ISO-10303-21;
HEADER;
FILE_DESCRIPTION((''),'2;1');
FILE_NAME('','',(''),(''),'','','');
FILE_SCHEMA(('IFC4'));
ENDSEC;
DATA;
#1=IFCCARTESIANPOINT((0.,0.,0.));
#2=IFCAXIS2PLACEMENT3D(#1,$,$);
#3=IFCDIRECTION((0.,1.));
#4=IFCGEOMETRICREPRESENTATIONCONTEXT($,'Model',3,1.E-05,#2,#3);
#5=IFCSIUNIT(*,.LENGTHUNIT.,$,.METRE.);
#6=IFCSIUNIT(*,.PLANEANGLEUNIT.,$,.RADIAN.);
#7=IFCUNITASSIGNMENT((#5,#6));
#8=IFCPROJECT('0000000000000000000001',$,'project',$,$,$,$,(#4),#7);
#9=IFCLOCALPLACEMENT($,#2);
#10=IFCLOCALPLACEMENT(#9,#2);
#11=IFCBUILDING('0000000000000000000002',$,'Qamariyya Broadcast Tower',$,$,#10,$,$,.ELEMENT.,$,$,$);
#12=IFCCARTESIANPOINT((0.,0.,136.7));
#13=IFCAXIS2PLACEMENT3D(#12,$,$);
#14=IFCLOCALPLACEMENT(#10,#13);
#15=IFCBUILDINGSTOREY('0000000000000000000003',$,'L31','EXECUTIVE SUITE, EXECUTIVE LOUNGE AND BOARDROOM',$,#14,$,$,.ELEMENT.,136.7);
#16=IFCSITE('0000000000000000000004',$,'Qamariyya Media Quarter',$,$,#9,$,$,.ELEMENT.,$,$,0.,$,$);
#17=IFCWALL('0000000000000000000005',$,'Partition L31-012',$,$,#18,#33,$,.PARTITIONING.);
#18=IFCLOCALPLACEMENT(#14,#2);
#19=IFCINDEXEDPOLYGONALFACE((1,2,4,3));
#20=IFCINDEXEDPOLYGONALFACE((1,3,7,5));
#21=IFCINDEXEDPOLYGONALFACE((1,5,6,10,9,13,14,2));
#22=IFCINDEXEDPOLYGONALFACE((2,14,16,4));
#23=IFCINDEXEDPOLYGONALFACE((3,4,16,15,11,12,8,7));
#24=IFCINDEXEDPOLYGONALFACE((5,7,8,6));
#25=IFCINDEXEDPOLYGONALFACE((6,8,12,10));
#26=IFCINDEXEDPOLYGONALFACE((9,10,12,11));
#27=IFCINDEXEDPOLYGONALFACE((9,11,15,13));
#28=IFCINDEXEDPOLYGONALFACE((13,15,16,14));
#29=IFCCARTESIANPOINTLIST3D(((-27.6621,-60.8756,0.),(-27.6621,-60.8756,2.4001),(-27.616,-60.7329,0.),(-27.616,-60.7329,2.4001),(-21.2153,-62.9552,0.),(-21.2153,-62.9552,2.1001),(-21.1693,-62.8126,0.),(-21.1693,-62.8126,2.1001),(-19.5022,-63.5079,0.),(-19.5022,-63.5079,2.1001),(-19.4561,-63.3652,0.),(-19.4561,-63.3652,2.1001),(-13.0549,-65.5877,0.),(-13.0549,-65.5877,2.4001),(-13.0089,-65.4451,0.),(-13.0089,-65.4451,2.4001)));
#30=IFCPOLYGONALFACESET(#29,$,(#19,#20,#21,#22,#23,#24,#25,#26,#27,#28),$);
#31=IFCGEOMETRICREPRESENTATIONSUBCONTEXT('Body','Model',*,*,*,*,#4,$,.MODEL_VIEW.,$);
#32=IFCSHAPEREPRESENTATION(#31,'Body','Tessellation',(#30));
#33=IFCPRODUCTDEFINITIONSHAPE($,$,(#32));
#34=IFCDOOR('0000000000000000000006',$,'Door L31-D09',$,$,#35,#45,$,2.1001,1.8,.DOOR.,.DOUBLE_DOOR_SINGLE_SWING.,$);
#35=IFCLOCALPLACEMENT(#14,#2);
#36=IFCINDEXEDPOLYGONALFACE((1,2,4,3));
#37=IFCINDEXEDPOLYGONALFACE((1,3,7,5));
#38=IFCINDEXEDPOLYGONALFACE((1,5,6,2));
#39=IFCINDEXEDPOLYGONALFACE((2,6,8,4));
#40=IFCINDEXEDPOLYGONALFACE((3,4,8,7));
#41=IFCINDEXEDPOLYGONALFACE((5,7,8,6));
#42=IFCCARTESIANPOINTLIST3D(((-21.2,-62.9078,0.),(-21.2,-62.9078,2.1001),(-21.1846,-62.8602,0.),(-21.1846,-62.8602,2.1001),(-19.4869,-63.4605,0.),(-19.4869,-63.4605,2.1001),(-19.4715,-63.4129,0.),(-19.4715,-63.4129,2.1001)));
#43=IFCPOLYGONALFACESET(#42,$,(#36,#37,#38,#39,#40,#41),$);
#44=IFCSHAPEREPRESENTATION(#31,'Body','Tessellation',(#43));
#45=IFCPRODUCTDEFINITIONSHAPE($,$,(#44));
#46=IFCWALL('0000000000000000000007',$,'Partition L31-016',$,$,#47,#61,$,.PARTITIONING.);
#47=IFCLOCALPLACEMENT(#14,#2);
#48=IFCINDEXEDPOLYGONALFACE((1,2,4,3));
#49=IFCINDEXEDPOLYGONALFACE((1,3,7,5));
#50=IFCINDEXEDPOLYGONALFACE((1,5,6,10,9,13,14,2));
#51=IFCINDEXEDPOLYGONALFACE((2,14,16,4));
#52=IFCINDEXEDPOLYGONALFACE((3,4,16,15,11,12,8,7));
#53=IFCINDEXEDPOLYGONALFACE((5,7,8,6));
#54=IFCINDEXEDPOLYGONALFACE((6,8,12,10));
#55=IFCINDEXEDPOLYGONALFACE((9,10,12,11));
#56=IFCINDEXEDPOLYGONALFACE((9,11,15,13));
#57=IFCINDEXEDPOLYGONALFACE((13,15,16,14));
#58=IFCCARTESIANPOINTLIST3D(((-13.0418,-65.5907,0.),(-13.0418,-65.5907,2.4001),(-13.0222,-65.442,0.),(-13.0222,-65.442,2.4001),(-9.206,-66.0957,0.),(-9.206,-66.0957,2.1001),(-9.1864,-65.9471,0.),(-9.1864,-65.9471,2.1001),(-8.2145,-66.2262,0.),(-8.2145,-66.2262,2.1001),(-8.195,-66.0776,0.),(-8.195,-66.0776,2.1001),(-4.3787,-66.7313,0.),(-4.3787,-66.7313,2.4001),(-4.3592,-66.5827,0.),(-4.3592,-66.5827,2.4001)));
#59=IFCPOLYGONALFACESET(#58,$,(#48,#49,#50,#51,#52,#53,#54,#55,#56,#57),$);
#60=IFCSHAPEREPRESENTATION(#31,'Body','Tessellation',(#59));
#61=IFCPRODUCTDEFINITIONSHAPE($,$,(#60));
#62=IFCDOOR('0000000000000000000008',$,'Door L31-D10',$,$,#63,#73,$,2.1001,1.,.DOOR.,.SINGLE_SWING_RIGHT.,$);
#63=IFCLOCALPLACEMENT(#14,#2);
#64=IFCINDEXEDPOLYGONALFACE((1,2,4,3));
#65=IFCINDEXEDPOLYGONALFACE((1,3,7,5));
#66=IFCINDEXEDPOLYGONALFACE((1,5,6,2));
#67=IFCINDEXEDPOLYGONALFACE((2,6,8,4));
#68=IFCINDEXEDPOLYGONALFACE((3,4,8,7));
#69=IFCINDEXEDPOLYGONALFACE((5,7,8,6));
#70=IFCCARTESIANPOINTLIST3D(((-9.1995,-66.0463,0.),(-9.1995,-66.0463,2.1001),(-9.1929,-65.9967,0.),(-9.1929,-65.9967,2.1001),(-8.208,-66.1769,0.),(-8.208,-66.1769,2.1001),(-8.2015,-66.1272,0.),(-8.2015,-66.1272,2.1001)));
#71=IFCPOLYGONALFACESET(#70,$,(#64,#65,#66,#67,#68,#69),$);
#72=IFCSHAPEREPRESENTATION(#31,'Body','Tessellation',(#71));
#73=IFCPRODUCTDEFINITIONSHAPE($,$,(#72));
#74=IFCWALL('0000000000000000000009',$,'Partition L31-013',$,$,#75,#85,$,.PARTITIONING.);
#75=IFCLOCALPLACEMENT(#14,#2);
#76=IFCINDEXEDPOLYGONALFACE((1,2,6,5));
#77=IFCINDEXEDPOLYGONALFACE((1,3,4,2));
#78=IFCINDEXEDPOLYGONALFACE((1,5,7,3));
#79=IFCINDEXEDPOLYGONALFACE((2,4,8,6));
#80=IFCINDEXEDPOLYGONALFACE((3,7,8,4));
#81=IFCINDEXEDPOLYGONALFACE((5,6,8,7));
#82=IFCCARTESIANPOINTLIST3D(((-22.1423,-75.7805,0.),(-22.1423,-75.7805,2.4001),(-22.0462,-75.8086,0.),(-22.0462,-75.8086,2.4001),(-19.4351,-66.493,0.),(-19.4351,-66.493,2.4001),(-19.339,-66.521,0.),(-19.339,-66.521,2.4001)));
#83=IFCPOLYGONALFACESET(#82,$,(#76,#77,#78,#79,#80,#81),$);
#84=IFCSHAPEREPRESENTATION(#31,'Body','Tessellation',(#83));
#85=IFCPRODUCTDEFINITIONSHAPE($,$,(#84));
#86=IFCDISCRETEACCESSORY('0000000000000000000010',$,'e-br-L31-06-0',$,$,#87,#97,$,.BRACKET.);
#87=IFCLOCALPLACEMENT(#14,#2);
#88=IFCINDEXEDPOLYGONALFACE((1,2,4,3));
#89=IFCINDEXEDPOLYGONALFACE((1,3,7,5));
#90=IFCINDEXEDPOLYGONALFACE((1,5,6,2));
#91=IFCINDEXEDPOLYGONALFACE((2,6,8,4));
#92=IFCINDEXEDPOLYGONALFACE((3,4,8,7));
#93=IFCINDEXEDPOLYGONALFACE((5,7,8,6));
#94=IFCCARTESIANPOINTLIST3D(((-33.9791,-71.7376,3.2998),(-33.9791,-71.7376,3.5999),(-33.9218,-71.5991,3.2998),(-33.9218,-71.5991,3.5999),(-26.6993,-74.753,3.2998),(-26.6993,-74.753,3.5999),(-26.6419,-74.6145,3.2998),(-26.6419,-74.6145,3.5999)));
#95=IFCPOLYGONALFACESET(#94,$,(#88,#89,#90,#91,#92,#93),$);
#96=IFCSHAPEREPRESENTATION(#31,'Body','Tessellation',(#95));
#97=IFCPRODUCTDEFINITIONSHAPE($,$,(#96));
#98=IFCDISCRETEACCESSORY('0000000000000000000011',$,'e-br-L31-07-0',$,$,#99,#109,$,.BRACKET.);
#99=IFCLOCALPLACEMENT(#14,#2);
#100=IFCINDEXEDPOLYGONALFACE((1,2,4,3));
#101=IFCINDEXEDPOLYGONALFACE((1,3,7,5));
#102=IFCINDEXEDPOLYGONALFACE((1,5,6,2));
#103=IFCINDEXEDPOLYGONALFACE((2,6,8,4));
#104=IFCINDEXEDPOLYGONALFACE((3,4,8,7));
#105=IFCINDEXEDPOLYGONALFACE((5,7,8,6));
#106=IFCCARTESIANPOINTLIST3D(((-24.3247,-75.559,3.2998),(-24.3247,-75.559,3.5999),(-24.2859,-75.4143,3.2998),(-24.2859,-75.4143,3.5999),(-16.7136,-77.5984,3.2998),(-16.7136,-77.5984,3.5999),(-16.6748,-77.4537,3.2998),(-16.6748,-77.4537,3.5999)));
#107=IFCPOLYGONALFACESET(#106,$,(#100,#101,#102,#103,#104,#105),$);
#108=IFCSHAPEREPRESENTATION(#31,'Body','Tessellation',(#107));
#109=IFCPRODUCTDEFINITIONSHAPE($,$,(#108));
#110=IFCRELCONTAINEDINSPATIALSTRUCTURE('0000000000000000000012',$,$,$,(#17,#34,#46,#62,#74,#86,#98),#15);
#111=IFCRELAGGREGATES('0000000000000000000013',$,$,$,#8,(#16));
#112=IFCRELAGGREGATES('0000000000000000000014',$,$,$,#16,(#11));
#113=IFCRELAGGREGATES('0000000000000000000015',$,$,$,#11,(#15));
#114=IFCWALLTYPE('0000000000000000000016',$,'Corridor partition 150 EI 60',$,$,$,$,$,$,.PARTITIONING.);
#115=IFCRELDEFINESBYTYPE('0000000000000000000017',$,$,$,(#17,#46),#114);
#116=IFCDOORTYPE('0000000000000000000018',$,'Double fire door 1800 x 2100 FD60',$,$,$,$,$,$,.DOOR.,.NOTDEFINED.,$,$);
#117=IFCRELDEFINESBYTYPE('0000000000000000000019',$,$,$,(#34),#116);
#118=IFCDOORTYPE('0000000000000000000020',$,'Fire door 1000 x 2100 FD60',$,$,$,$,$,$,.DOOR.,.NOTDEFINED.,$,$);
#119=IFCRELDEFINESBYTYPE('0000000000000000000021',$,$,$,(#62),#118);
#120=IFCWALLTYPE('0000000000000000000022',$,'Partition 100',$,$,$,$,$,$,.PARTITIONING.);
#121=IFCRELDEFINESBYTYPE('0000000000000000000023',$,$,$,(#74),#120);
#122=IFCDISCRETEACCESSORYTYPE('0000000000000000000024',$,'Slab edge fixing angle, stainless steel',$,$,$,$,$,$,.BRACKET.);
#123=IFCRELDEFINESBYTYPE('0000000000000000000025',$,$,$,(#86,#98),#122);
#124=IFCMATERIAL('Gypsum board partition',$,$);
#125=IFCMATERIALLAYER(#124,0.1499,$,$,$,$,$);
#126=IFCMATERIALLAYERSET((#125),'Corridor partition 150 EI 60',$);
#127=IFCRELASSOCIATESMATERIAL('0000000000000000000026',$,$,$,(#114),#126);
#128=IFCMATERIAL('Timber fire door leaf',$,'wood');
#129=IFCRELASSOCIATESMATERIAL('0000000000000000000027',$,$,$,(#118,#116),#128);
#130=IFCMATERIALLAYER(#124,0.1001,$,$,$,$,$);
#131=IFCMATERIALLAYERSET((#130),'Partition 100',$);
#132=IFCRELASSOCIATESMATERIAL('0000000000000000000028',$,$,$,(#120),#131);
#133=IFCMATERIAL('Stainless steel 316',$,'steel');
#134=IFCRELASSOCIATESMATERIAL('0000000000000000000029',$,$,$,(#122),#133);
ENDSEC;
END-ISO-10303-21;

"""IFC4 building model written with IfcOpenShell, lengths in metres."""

from ifc_helpers import new_model, si_unit, direction, frame, frame_2d, origin, origin_2d, place, context, subcontext, project, spatial, rectangle, extrude, material, layer, layer_set, type_object, element, fill, save


model = new_model("IFC4")

# Units and contexts
model_context = context("Model", 3, precision=1e-05, world=origin(), true_north=direction((0.0, 1.0)))
body_context = subcontext(model_context, "Body", "Model", "MODEL_VIEW")
ifc_project = project(units=[si_unit("LENGTHUNIT", "METRE"), si_unit("PLANEANGLEUNIT", "RADIAN")], contexts=[model_context])

# Site, building, storey
site_placement = place(None, origin())
site = spatial("IfcSite", under=ifc_project, at=site_placement, Name="Qamariyya Media Quarter", CompositionType="ELEMENT", RefElevation=0.0)
building_placement = place(site_placement, origin())
building = spatial("IfcBuilding", under=site, at=building_placement, Name="Qamariyya Broadcast Tower", CompositionType="ELEMENT")
storey_placement = place(building_placement, frame((0.0, 0.0, 136.7)))
storey = spatial("IfcBuildingStorey", under=building, at=storey_placement, Name="L31", Description="EXECUTIVE SUITE, EXECUTIVE LOUNGE AND BOARDROOM", CompositionType="ELEMENT", Elevation=136.7)

# Shared definitions
ifc_material_1 = material(Name="Gypsum board partition")
ifc_layer_1 = layer(ifc_material_1, 0.1499)
ifc_layer_set_1 = layer_set([ifc_layer_1], Name="Corridor partition 150 EI 60")
wall_type_1 = type_object("IfcWallType", Name="Corridor partition 150 EI 60", PredefinedType="PARTITIONING", material=ifc_layer_set_1)
ifc_material_2 = material(Name="Timber fire door leaf", Category="wood")

# Walls, openings, doors
door_type_1 = type_object("IfcDoorType", Name="Fire door 1000 x 2100 FD60", OperationType="NOTDEFINED", PredefinedType="DOOR", material=ifc_material_2)
wall_1_placement = place(storey_placement, frame((-27.6392, -60.8042, 0.0), z_axis=(0.0, 0.0, 1.0), x_axis=(0.951705, -0.307013, 0.0)))
wall_1 = element("IfcWall", 1, at=wall_1_placement, inside=storey, type_object=wall_type_1, Name="Partition L31-012", PredefinedType="PARTITIONING", context=body_context, shape_type="SweptSolid", body=[
    extrude(rectangle(XDim=15.3484, YDim=0.1499, at=frame_2d((7.6743, 0.0))), origin(), (0.0, 0.0, 1.0), 2.4001),
])
opening_1_placement = place(wall_1_placement, frame((6.7742, 0.0, 0.0)))
opening_1 = element("IfcOpeningElement", 2, at=opening_1_placement, cuts=wall_1, PredefinedType="OPENING", context=body_context, shape_type="SweptSolid", body=[
    extrude(rectangle(XDim=1.8, YDim=2.1001, at=frame_2d((0.8999, 1.05))), frame((0.0, 0.085, 0.0), z_axis=(0.0, -1.0, 0.0), x_axis=(1.0, 0.0, 0.0)), (0.0, 0.0, 1.0), 0.1699),
])
door_type_2 = type_object("IfcDoorType", Name="Double fire door 1800 x 2100 FD60", OperationType="NOTDEFINED", PredefinedType="DOOR", material=ifc_material_2)
door_1_placement = place(opening_1_placement, origin())
door_1 = element("IfcDoor", 3, at=door_1_placement, inside=storey, type_object=door_type_2, Name="Door L31-D09", OperationType="DOUBLE_DOOR_SINGLE_SWING", OverallHeight=2.1001, OverallWidth=1.8, PredefinedType="DOOR", context=body_context, shape_type="SweptSolid", body=[
    extrude(rectangle(XDim=1.8, YDim=2.1001, at=frame_2d((0.8999, 1.05))), frame((0.0, 0.0249, 0.0), z_axis=(0.0, -1.0, 0.0), x_axis=(1.0, 0.0, 0.0)), (0.0, 0.0, 1.0), 0.05),
])
fill(opening_1, door_1)
wall_2_placement = place(storey_placement, frame((-13.032, -65.5164, 0.0), z_axis=(0.0, 0.0, 1.0), x_axis=(0.991443, -0.130538, 0.0)))
wall_2 = element("IfcWall", 4, at=wall_2_placement, inside=storey, type_object=wall_type_1, Name="Partition L31-016", PredefinedType="PARTITIONING", context=body_context, shape_type="SweptSolid", body=[
    extrude(rectangle(XDim=8.7378, YDim=0.1499, at=frame_2d((4.3689, 0.0))), origin(), (0.0, 0.0, 1.0), 2.4001),
])
opening_2_placement = place(wall_2_placement, frame((3.8689, 0.0, 0.0)))
opening_2 = element("IfcOpeningElement", 5, at=opening_2_placement, cuts=wall_2, PredefinedType="OPENING", context=body_context, shape_type="SweptSolid", body=[
    extrude(rectangle(XDim=1.0, YDim=2.1001, at=frame_2d((0.5, 1.05))), frame((0.0, 0.085, 0.0), z_axis=(0.0, -1.0, 0.0), x_axis=(1.0, 0.0, 0.0)), (0.0, 0.0, 1.0), 0.1699),
])
door_2_placement = place(opening_2_placement, origin())
door_2 = element("IfcDoor", 6, at=door_2_placement, inside=storey, type_object=door_type_1, Name="Door L31-D10", OperationType="SINGLE_SWING_RIGHT", OverallHeight=2.1001, OverallWidth=1.0, PredefinedType="DOOR", context=body_context, shape_type="SweptSolid", body=[
    extrude(rectangle(XDim=1.0, YDim=2.1001, at=frame_2d((0.5, 1.05))), frame((0.0, 0.0249, 0.0), z_axis=(0.0, -1.0, 0.0), x_axis=(1.0, 0.0, 0.0)), (0.0, 0.0, 1.0), 0.05),
])
fill(opening_2, door_2)

# Wall
ifc_layer_2 = layer(ifc_material_1, 0.1001)
ifc_layer_set_2 = layer_set([ifc_layer_2], Name="Partition 100")
wall_type_2 = type_object("IfcWallType", Name="Partition 100", PredefinedType="PARTITIONING", material=ifc_layer_set_2)
wall_3_placement = place(storey_placement, frame((-22.0942, -75.7944, 0.0), z_axis=(0.0, 0.0, 1.0), x_axis=(0.279847, 0.960045, 0.0)))
element("IfcWall", 7, at=wall_3_placement, inside=storey, type_object=wall_type_2, Name="Partition L31-013", PredefinedType="PARTITIONING", context=body_context, shape_type="SweptSolid", body=[
    extrude(rectangle(XDim=9.6741, YDim=0.1001, at=frame_2d((4.8369, 0.0))), origin(), (0.0, 0.0, 1.0), 2.4001),
])

# Discrete accessories
ifc_material_3 = material(Name="Stainless steel 316", Category="steel")
discrete_accessory_type = type_object("IfcDiscreteAccessoryType", Name="Slab edge fixing angle, stainless steel", PredefinedType="BRACKET", material=ifc_material_3)
for number, where, z_axis, x_axis, name in (
    (8, (-30.3105, -73.176, 3.2998), (0.0, 0.0, 1.0), (0.92388, -0.382683, 0.0), "e-br-L31-06-0"),
    (9, (-20.4998, -76.5063, 3.2998), (0.0, 0.0, 1.0), (0.965926, -0.258819, 0.0), "e-br-L31-07-0"),
):
    element("IfcDiscreteAccessory", number, at=place(storey_placement, frame(where, z_axis=z_axis, x_axis=x_axis)), inside=storey, type_object=discrete_accessory_type, Name=name, PredefinedType="BRACKET", context=body_context, shape_type="SweptSolid", body=[
        extrude(rectangle(XDim=7.8796, YDim=0.1499, at=origin_2d()), origin(), (0.0, 0.0, 1.0), 0.3),
    ])

save(model, "model.ifc")
